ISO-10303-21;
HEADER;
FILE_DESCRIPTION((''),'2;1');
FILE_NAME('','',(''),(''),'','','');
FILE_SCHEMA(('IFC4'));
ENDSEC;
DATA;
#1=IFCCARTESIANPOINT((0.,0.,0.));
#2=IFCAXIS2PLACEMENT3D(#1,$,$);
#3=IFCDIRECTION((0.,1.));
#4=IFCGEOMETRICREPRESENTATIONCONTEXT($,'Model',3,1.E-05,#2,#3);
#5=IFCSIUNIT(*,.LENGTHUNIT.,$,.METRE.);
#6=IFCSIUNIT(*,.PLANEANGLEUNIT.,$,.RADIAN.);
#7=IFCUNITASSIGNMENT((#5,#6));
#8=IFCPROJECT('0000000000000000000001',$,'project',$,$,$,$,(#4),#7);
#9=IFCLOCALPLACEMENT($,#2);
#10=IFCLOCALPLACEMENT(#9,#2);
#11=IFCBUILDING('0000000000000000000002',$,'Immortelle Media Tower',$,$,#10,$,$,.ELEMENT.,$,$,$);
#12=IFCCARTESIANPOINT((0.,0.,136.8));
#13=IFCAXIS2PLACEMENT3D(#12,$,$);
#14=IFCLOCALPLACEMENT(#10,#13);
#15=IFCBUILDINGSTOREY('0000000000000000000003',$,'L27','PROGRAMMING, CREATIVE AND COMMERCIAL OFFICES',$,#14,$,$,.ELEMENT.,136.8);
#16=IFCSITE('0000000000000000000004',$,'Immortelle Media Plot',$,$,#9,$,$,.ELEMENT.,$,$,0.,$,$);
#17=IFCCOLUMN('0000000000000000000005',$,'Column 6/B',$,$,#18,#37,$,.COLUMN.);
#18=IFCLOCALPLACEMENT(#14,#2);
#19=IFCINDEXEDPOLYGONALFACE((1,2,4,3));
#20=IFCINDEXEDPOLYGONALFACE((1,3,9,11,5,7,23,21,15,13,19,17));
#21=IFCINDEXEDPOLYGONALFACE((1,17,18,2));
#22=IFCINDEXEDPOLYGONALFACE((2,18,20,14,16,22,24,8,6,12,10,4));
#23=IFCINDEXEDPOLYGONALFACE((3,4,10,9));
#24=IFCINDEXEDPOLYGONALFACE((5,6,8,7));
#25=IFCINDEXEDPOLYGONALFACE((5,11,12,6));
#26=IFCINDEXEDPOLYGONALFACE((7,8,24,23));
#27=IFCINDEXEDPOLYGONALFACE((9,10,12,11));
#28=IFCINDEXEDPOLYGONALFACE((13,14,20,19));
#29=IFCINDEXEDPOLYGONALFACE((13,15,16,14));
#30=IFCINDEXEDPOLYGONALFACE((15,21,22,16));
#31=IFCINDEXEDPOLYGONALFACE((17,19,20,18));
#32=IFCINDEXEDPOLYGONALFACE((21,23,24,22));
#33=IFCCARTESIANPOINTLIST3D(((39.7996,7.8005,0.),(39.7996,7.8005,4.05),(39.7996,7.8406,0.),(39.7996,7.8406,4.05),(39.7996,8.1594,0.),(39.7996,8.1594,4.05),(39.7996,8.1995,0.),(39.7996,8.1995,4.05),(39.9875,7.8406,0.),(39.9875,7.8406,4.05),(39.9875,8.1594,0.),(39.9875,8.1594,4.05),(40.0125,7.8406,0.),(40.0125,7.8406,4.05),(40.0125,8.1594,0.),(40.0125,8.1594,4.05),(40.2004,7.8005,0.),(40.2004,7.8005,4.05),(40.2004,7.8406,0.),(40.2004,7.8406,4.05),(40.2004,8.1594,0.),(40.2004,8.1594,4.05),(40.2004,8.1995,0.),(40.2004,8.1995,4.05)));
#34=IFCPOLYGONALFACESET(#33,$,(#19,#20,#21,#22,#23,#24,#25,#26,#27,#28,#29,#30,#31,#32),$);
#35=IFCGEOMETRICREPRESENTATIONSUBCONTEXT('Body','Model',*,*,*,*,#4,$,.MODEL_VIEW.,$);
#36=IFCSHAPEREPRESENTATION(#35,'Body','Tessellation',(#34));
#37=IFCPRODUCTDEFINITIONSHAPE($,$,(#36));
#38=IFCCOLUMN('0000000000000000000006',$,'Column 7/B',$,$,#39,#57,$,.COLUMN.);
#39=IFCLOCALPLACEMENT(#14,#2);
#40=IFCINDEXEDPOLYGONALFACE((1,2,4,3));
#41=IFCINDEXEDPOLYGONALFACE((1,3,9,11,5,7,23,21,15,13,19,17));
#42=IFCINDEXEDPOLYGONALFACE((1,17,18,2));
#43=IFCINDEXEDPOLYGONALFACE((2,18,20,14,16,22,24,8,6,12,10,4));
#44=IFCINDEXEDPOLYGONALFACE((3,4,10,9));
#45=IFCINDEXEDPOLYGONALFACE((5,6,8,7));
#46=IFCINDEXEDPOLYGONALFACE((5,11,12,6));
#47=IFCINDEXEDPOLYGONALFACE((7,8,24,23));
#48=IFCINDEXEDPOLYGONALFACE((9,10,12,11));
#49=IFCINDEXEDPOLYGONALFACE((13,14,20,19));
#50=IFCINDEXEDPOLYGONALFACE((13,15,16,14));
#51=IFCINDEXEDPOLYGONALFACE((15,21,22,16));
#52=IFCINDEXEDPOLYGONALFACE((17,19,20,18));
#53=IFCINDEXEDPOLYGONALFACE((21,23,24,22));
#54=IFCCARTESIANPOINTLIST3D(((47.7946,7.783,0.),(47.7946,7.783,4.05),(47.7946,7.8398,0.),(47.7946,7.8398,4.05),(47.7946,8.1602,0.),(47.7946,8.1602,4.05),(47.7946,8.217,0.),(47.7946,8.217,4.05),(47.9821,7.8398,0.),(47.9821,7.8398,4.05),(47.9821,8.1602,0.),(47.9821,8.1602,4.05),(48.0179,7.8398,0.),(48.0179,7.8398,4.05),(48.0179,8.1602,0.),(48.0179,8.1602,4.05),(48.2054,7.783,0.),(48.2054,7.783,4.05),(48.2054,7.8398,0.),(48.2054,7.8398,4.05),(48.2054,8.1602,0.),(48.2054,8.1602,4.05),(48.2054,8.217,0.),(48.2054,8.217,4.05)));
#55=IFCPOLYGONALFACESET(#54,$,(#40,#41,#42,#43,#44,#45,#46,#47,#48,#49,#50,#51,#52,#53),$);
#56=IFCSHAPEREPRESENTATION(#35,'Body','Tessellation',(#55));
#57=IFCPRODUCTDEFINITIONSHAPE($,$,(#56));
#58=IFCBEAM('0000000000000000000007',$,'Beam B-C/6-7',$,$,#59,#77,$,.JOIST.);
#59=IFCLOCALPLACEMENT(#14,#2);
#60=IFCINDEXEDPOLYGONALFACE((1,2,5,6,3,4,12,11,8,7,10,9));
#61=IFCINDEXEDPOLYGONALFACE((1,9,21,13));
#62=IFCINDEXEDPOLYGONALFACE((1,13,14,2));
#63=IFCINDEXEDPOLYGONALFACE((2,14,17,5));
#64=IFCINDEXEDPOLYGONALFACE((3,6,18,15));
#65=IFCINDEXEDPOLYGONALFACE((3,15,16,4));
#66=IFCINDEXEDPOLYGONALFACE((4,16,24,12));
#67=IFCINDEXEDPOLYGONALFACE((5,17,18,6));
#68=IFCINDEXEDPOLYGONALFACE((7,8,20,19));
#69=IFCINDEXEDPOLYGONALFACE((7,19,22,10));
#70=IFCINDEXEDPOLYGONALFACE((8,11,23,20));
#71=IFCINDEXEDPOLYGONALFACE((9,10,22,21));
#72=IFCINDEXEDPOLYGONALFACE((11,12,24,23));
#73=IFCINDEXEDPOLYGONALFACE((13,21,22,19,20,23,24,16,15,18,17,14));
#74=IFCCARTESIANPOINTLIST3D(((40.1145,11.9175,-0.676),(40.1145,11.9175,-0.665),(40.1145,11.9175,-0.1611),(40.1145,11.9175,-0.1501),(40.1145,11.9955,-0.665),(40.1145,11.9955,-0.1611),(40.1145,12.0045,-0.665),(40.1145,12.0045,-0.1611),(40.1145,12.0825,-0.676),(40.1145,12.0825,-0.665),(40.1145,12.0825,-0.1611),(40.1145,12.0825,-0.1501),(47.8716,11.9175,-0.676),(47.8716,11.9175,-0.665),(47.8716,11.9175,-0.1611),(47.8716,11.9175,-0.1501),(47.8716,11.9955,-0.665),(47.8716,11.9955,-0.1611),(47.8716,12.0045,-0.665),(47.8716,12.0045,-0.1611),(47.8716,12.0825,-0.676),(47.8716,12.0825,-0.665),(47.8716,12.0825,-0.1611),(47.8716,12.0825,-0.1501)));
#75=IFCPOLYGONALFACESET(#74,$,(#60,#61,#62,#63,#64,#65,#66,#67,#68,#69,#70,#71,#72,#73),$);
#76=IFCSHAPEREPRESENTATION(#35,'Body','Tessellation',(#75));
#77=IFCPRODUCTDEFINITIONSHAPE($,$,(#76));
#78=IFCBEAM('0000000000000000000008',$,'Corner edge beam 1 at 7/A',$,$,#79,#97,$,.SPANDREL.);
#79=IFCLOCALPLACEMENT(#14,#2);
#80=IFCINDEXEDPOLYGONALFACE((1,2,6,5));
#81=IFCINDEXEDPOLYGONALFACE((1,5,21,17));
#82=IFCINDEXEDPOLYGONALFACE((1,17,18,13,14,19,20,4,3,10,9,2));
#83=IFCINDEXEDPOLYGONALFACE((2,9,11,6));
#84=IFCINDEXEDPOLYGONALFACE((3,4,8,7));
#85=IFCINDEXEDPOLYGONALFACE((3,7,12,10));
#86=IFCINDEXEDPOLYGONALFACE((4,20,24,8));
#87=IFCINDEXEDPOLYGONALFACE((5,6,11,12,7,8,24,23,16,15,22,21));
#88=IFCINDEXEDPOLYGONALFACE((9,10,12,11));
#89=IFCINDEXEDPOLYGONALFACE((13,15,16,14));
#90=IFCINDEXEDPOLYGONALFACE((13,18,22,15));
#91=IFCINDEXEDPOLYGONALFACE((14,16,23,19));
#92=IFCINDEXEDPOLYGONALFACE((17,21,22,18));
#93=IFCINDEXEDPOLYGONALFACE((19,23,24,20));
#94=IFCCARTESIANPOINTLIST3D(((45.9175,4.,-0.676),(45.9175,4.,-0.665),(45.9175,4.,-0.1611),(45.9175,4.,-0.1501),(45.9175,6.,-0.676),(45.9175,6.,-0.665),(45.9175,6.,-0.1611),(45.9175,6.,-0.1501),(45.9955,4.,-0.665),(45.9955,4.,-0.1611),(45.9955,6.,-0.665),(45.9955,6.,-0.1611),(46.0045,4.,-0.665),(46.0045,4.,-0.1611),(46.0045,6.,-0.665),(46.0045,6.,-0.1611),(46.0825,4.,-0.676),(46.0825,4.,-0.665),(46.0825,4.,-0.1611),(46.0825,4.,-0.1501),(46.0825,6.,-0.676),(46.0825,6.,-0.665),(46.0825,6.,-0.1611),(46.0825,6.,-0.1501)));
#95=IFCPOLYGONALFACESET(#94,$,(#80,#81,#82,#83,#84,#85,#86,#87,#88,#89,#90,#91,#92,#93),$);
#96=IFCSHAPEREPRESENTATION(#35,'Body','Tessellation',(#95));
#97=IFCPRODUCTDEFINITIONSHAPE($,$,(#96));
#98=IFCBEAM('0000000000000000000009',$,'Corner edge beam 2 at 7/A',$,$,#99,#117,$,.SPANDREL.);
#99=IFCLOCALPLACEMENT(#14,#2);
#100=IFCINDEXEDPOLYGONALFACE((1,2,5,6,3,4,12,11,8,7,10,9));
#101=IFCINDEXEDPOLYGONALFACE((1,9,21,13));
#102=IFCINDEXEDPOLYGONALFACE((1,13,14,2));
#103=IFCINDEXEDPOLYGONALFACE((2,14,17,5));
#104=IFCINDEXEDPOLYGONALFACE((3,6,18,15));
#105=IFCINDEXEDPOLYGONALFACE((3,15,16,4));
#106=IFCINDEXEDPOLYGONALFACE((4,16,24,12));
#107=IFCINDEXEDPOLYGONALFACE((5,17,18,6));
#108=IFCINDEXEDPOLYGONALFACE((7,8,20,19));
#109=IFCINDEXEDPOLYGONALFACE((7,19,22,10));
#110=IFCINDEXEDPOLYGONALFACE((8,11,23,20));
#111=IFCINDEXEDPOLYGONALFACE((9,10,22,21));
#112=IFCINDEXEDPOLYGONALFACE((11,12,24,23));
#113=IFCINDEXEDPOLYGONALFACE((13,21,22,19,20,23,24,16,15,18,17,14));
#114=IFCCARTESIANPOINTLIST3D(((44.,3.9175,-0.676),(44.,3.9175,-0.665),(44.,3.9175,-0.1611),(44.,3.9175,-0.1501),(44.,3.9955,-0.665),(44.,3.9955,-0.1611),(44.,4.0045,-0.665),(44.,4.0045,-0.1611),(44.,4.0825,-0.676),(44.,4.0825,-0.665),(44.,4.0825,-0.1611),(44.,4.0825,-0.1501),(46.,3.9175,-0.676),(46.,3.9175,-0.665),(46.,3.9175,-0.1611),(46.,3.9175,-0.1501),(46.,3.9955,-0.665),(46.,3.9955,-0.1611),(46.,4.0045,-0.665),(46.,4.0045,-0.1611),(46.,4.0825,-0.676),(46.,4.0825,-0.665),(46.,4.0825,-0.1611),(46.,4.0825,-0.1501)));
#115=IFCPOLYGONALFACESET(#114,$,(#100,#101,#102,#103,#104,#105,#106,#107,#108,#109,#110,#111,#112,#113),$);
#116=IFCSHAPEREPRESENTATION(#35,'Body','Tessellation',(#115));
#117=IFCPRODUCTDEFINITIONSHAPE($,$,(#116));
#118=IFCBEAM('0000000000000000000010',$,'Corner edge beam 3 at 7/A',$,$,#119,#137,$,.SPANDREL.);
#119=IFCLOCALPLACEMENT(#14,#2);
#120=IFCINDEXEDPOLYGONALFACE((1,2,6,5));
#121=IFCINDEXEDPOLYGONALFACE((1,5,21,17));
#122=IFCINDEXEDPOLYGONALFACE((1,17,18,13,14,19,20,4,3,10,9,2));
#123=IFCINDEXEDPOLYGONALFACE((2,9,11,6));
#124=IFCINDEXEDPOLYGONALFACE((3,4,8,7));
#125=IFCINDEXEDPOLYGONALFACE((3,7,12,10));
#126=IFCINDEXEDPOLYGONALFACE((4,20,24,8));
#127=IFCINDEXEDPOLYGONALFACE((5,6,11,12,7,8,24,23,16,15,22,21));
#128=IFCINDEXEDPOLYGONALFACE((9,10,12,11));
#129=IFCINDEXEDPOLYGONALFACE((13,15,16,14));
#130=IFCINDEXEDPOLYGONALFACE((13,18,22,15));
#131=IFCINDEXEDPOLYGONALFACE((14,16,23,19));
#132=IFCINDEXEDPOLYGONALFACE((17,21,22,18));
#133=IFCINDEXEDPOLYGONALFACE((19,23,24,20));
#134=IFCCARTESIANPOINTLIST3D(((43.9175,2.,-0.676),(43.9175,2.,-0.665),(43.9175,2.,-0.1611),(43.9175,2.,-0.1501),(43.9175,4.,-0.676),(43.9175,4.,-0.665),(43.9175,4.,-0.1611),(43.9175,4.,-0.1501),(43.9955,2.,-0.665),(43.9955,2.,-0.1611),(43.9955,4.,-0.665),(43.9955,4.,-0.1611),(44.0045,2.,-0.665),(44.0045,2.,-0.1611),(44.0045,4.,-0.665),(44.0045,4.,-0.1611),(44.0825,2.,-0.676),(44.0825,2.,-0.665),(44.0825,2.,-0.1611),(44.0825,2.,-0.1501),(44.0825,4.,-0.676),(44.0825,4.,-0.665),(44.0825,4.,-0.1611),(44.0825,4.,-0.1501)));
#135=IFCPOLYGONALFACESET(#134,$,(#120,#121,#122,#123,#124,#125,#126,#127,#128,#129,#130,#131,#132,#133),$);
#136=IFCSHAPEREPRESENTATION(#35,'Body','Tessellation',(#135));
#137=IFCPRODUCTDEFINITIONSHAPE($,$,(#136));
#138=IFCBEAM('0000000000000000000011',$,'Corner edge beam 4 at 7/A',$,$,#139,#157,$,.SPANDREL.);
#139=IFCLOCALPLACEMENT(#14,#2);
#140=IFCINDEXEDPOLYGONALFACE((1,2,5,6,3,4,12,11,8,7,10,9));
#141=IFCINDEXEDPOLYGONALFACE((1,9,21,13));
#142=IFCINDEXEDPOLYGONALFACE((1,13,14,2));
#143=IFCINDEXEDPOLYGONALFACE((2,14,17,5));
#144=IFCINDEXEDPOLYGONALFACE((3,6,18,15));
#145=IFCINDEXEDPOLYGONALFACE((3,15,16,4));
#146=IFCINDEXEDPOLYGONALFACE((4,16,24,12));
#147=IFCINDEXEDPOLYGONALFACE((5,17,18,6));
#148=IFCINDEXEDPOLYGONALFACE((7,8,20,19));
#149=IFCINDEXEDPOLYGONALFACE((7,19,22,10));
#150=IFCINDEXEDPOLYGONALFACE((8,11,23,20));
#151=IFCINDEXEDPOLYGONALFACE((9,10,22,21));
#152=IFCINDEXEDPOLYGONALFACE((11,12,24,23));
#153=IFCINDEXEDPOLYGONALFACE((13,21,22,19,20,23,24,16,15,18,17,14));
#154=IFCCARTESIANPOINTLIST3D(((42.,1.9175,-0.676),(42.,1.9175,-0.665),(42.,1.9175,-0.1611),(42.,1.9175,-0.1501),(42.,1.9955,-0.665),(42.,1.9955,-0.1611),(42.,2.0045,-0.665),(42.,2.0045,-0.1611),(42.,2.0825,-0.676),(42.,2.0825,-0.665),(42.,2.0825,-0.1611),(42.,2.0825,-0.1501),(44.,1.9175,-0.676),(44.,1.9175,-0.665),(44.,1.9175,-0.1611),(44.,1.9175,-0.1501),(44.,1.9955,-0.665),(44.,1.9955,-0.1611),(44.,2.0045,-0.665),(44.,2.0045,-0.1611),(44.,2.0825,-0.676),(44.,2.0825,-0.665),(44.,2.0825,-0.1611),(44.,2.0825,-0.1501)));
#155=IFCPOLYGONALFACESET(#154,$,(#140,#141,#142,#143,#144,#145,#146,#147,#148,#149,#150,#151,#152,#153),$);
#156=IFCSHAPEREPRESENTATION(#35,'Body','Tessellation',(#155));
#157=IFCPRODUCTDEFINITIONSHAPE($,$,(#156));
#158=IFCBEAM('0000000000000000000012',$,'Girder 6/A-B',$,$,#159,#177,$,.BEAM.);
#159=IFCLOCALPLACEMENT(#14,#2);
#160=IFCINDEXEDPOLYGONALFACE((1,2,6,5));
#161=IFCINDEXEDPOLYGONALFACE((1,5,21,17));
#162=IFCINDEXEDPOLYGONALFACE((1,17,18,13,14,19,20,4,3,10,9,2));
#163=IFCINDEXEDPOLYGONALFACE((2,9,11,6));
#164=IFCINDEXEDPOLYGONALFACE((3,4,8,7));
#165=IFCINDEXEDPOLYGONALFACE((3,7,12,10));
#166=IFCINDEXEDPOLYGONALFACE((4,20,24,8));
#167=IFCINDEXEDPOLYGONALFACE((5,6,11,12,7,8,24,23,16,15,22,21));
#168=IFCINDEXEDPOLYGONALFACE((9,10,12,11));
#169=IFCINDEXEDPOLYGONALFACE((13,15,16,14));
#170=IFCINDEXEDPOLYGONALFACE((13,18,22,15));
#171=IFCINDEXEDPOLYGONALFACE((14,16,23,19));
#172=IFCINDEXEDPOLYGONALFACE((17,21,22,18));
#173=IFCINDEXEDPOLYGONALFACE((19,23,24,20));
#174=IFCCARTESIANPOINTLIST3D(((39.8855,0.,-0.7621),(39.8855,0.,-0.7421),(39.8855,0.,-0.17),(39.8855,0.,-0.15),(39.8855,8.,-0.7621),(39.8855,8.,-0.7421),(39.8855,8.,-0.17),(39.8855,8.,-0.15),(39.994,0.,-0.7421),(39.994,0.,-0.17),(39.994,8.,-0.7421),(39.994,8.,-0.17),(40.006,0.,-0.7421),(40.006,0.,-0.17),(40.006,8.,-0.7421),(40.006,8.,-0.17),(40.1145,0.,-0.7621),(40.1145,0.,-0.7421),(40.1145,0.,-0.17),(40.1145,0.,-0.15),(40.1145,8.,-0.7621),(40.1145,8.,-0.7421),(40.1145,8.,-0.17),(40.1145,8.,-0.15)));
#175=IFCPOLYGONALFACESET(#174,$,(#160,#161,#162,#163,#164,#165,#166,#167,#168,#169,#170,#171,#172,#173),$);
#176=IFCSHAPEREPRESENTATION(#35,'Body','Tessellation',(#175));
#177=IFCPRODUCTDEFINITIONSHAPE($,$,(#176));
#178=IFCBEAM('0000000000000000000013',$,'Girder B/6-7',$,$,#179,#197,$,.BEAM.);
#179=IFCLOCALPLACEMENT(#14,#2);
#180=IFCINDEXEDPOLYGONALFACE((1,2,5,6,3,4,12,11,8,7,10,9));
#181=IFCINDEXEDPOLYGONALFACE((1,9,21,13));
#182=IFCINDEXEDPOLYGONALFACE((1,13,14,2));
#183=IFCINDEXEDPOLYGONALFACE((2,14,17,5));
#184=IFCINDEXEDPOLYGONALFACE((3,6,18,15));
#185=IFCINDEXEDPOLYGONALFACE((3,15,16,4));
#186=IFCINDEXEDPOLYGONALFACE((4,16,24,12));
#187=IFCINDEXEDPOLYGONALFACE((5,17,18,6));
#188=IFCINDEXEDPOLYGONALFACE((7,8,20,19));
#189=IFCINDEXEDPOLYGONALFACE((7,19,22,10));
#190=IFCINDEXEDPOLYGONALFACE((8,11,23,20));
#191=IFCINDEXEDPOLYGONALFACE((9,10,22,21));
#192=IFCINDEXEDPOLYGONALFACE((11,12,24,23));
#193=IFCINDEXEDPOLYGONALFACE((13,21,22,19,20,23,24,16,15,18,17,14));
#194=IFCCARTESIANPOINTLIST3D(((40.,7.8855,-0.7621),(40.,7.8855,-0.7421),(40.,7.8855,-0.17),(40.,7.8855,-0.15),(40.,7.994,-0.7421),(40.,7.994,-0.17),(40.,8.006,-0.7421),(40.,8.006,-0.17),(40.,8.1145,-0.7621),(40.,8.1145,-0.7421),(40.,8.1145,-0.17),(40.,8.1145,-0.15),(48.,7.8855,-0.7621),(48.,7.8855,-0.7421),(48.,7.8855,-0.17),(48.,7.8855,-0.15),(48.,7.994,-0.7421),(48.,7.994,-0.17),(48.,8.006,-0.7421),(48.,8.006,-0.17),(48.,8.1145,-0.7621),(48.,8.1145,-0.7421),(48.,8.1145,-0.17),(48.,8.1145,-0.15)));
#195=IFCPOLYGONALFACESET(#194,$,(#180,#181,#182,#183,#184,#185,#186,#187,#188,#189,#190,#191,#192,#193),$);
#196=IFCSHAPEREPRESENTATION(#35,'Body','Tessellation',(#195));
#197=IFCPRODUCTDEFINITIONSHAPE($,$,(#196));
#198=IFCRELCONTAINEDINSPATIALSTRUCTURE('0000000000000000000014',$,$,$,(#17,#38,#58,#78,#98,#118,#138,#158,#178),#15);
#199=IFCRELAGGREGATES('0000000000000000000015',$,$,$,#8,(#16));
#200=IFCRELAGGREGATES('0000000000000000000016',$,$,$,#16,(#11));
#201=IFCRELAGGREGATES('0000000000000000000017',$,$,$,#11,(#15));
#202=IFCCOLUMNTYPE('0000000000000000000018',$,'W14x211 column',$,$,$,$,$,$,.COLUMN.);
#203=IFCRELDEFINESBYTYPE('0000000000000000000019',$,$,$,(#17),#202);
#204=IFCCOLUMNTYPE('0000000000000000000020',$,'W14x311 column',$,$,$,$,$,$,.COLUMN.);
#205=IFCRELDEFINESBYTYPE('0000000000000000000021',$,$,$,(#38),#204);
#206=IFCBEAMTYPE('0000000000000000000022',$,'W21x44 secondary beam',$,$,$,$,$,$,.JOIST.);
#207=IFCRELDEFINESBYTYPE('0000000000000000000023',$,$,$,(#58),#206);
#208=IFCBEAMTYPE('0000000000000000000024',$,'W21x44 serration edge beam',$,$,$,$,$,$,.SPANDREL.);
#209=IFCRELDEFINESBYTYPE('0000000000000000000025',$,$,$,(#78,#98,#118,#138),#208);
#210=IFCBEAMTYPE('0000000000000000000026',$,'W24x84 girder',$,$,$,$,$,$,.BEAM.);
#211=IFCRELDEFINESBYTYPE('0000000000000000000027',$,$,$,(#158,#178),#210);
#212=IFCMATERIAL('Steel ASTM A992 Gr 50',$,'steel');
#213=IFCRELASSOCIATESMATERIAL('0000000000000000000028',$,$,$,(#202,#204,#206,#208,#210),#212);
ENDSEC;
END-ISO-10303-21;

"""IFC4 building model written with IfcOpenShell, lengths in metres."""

from ifc_helpers import new_model, si_unit, direction, frame, origin, origin_2d, place, context, subcontext, project, spatial, i_section, extrude, material, material_profile, profile_set, type_object, element, save


model = new_model("IFC4")

# Units and contexts
model_context = context("Model", 3, precision=1e-05, world=origin(), true_north=direction((0.0, 1.0)))
body_context = subcontext(model_context, "Body", "Model", "MODEL_VIEW")
ifc_project = project(units=[si_unit("LENGTHUNIT", "METRE"), si_unit("PLANEANGLEUNIT", "RADIAN")], contexts=[model_context])

# Site, building, storey
site_placement = place(None, origin())
site = spatial("IfcSite", under=ifc_project, at=site_placement, Name="Immortelle Media Plot", CompositionType="ELEMENT", RefElevation=0.0)
building_placement = place(site_placement, origin())
building = spatial("IfcBuilding", under=site, at=building_placement, Name="Immortelle Media Tower", CompositionType="ELEMENT")
storey_placement = place(building_placement, frame((0.0, 0.0, 136.8)))
storey = spatial("IfcBuildingStorey", under=building, at=storey_placement, Name="L27", Description="PROGRAMMING, CREATIVE AND COMMERCIAL OFFICES", CompositionType="ELEMENT", Elevation=136.8)

# Columns
ifc_material_1 = material(Name="Steel ASTM A992 Gr 50", Category="steel")
ifc_material_profile_1 = material_profile(ifc_material_1, i_section(OverallWidth=0.4009, OverallDepth=0.3989, WebThickness=0.0249, FlangeThickness=0.04, at=origin_2d()), Name="W14x211")
ifc_profile_set_1 = profile_set([ifc_material_profile_1], Name="Steel ASTM A992 Gr 50")
column_type_1 = type_object("IfcColumnType", Name="W14x211 column", PredefinedType="COLUMN", material=ifc_profile_set_1)
column_1_placement = place(storey_placement, frame((40.0, 8.0, 0.0), z_axis=(0.0, 0.0, 1.0), x_axis=(1.0, 0.0, 0.0)))
element("IfcColumn", 1, at=column_1_placement, inside=storey, type_object=column_type_1, Name="Column 6/B", PredefinedType="COLUMN", context=body_context, shape_type="SweptSolid", body=[
    extrude(i_section(OverallWidth=0.4009, OverallDepth=0.3989, WebThickness=0.0249, FlangeThickness=0.04, at=origin_2d()), origin(), (0.0, 0.0, 1.0), 4.05),
])
ifc_material_profile_2 = material_profile(ifc_material_1, i_section(OverallWidth=0.4109, OverallDepth=0.4341, WebThickness=0.0359, FlangeThickness=0.0569, at=origin_2d()), Name="W14x311")
ifc_profile_set_2 = profile_set([ifc_material_profile_2], Name="Steel ASTM A992 Gr 50")
column_type_2 = type_object("IfcColumnType", Name="W14x311 column", PredefinedType="COLUMN", material=ifc_profile_set_2)
column_2_placement = place(storey_placement, frame((48.0, 8.0, 0.0), z_axis=(0.0, 0.0, 1.0), x_axis=(1.0, 0.0, 0.0)))
element("IfcColumn", 2, at=column_2_placement, inside=storey, type_object=column_type_2, Name="Column 7/B", PredefinedType="COLUMN", context=body_context, shape_type="SweptSolid", body=[
    extrude(i_section(OverallWidth=0.4109, OverallDepth=0.4341, WebThickness=0.0359, FlangeThickness=0.0569, at=origin_2d()), origin(), (0.0, 0.0, 1.0), 4.05),
])

# Beams
ifc_material_profile_3 = material_profile(ifc_material_1, i_section(OverallWidth=0.165, OverallDepth=0.5259, WebThickness=0.009, FlangeThickness=0.011, at=origin_2d()), Name="W21x44")
ifc_profile_set_3 = profile_set([ifc_material_profile_3], Name="Steel ASTM A992 Gr 50")
beam_type_1 = type_object("IfcBeamType", Name="W21x44 secondary beam", PredefinedType="JOIST", material=ifc_profile_set_3)
beam_1_placement = place(storey_placement, frame((40.1145, 12.0, -0.4131), z_axis=(1.0, 0.0, 0.0), x_axis=(0.0, 1.0, 0.0)))
element("IfcBeam", 3, at=beam_1_placement, inside=storey, type_object=beam_type_1, Name="Beam B-C/6-7", PredefinedType="JOIST", context=body_context, shape_type="SweptSolid", body=[
    extrude(i_section(OverallWidth=0.165, OverallDepth=0.5259, WebThickness=0.009, FlangeThickness=0.011, at=origin_2d()), origin(), (0.0, 0.0, 1.0), 7.7571),
])
ifc_material_profile_4 = material_profile(ifc_material_1, i_section(OverallWidth=0.165, OverallDepth=0.5259, WebThickness=0.009, FlangeThickness=0.011, at=origin_2d()), Name="W21x44")
ifc_profile_set_4 = profile_set([ifc_material_profile_4], Name="Steel ASTM A992 Gr 50")
beam_type_2 = type_object("IfcBeamType", Name="W21x44 serration edge beam", PredefinedType="SPANDREL", material=ifc_profile_set_4)
for number, where, z_axis, x_axis, name in (
    (4, (46.0, 6.0, -0.4131), (0.0, -1.0, 0.0), (1.0, 0.0, 0.0), "Corner edge beam 1 at 7/A"),
    (5, (46.0, 4.0, -0.4131), (-1.0, 0.0, 0.0), (0.0, -1.0, 0.0), "Corner edge beam 2 at 7/A"),
    (6, (44.0, 4.0, -0.4131), (0.0, -1.0, 0.0), (1.0, 0.0, 0.0), "Corner edge beam 3 at 7/A"),
    (7, (44.0, 2.0, -0.4131), (-1.0, 0.0, 0.0), (0.0, -1.0, 0.0), "Corner edge beam 4 at 7/A"),
):
    element("IfcBeam", number, at=place(storey_placement, frame(where, z_axis=z_axis, x_axis=x_axis)), inside=storey, type_object=beam_type_2, Name=name, PredefinedType="SPANDREL", context=body_context, shape_type="SweptSolid", body=[
        extrude(i_section(OverallWidth=0.165, OverallDepth=0.5259, WebThickness=0.009, FlangeThickness=0.011, at=origin_2d()), origin(), (0.0, 0.0, 1.0), 2.0),
    ])
ifc_material_profile_5 = material_profile(ifc_material_1, i_section(OverallWidth=0.229, OverallDepth=0.6121, WebThickness=0.012, FlangeThickness=0.02, at=origin_2d()), Name="W24x84")
ifc_profile_set_5 = profile_set([ifc_material_profile_5], Name="Steel ASTM A992 Gr 50")
beam_type_3 = type_object("IfcBeamType", Name="W24x84 girder", PredefinedType="BEAM", material=ifc_profile_set_5)
for number, where, z_axis, x_axis, name in (
    (8, (40.0, 0.0, -0.4561), (0.0, 1.0, 0.0), (-1.0, 0.0, 0.0), "Girder 6/A-B"),
    (9, (40.0, 8.0, -0.4561), (1.0, 0.0, 0.0), (0.0, 1.0, 0.0), "Girder B/6-7"),
):
    element("IfcBeam", number, at=place(storey_placement, frame(where, z_axis=z_axis, x_axis=x_axis)), inside=storey, type_object=beam_type_3, Name=name, PredefinedType="BEAM", context=body_context, shape_type="SweptSolid", body=[
        extrude(i_section(OverallWidth=0.229, OverallDepth=0.6121, WebThickness=0.012, FlangeThickness=0.02, at=origin_2d()), origin(), (0.0, 0.0, 1.0), 8.0),
    ])

save(model, "model.ifc")
